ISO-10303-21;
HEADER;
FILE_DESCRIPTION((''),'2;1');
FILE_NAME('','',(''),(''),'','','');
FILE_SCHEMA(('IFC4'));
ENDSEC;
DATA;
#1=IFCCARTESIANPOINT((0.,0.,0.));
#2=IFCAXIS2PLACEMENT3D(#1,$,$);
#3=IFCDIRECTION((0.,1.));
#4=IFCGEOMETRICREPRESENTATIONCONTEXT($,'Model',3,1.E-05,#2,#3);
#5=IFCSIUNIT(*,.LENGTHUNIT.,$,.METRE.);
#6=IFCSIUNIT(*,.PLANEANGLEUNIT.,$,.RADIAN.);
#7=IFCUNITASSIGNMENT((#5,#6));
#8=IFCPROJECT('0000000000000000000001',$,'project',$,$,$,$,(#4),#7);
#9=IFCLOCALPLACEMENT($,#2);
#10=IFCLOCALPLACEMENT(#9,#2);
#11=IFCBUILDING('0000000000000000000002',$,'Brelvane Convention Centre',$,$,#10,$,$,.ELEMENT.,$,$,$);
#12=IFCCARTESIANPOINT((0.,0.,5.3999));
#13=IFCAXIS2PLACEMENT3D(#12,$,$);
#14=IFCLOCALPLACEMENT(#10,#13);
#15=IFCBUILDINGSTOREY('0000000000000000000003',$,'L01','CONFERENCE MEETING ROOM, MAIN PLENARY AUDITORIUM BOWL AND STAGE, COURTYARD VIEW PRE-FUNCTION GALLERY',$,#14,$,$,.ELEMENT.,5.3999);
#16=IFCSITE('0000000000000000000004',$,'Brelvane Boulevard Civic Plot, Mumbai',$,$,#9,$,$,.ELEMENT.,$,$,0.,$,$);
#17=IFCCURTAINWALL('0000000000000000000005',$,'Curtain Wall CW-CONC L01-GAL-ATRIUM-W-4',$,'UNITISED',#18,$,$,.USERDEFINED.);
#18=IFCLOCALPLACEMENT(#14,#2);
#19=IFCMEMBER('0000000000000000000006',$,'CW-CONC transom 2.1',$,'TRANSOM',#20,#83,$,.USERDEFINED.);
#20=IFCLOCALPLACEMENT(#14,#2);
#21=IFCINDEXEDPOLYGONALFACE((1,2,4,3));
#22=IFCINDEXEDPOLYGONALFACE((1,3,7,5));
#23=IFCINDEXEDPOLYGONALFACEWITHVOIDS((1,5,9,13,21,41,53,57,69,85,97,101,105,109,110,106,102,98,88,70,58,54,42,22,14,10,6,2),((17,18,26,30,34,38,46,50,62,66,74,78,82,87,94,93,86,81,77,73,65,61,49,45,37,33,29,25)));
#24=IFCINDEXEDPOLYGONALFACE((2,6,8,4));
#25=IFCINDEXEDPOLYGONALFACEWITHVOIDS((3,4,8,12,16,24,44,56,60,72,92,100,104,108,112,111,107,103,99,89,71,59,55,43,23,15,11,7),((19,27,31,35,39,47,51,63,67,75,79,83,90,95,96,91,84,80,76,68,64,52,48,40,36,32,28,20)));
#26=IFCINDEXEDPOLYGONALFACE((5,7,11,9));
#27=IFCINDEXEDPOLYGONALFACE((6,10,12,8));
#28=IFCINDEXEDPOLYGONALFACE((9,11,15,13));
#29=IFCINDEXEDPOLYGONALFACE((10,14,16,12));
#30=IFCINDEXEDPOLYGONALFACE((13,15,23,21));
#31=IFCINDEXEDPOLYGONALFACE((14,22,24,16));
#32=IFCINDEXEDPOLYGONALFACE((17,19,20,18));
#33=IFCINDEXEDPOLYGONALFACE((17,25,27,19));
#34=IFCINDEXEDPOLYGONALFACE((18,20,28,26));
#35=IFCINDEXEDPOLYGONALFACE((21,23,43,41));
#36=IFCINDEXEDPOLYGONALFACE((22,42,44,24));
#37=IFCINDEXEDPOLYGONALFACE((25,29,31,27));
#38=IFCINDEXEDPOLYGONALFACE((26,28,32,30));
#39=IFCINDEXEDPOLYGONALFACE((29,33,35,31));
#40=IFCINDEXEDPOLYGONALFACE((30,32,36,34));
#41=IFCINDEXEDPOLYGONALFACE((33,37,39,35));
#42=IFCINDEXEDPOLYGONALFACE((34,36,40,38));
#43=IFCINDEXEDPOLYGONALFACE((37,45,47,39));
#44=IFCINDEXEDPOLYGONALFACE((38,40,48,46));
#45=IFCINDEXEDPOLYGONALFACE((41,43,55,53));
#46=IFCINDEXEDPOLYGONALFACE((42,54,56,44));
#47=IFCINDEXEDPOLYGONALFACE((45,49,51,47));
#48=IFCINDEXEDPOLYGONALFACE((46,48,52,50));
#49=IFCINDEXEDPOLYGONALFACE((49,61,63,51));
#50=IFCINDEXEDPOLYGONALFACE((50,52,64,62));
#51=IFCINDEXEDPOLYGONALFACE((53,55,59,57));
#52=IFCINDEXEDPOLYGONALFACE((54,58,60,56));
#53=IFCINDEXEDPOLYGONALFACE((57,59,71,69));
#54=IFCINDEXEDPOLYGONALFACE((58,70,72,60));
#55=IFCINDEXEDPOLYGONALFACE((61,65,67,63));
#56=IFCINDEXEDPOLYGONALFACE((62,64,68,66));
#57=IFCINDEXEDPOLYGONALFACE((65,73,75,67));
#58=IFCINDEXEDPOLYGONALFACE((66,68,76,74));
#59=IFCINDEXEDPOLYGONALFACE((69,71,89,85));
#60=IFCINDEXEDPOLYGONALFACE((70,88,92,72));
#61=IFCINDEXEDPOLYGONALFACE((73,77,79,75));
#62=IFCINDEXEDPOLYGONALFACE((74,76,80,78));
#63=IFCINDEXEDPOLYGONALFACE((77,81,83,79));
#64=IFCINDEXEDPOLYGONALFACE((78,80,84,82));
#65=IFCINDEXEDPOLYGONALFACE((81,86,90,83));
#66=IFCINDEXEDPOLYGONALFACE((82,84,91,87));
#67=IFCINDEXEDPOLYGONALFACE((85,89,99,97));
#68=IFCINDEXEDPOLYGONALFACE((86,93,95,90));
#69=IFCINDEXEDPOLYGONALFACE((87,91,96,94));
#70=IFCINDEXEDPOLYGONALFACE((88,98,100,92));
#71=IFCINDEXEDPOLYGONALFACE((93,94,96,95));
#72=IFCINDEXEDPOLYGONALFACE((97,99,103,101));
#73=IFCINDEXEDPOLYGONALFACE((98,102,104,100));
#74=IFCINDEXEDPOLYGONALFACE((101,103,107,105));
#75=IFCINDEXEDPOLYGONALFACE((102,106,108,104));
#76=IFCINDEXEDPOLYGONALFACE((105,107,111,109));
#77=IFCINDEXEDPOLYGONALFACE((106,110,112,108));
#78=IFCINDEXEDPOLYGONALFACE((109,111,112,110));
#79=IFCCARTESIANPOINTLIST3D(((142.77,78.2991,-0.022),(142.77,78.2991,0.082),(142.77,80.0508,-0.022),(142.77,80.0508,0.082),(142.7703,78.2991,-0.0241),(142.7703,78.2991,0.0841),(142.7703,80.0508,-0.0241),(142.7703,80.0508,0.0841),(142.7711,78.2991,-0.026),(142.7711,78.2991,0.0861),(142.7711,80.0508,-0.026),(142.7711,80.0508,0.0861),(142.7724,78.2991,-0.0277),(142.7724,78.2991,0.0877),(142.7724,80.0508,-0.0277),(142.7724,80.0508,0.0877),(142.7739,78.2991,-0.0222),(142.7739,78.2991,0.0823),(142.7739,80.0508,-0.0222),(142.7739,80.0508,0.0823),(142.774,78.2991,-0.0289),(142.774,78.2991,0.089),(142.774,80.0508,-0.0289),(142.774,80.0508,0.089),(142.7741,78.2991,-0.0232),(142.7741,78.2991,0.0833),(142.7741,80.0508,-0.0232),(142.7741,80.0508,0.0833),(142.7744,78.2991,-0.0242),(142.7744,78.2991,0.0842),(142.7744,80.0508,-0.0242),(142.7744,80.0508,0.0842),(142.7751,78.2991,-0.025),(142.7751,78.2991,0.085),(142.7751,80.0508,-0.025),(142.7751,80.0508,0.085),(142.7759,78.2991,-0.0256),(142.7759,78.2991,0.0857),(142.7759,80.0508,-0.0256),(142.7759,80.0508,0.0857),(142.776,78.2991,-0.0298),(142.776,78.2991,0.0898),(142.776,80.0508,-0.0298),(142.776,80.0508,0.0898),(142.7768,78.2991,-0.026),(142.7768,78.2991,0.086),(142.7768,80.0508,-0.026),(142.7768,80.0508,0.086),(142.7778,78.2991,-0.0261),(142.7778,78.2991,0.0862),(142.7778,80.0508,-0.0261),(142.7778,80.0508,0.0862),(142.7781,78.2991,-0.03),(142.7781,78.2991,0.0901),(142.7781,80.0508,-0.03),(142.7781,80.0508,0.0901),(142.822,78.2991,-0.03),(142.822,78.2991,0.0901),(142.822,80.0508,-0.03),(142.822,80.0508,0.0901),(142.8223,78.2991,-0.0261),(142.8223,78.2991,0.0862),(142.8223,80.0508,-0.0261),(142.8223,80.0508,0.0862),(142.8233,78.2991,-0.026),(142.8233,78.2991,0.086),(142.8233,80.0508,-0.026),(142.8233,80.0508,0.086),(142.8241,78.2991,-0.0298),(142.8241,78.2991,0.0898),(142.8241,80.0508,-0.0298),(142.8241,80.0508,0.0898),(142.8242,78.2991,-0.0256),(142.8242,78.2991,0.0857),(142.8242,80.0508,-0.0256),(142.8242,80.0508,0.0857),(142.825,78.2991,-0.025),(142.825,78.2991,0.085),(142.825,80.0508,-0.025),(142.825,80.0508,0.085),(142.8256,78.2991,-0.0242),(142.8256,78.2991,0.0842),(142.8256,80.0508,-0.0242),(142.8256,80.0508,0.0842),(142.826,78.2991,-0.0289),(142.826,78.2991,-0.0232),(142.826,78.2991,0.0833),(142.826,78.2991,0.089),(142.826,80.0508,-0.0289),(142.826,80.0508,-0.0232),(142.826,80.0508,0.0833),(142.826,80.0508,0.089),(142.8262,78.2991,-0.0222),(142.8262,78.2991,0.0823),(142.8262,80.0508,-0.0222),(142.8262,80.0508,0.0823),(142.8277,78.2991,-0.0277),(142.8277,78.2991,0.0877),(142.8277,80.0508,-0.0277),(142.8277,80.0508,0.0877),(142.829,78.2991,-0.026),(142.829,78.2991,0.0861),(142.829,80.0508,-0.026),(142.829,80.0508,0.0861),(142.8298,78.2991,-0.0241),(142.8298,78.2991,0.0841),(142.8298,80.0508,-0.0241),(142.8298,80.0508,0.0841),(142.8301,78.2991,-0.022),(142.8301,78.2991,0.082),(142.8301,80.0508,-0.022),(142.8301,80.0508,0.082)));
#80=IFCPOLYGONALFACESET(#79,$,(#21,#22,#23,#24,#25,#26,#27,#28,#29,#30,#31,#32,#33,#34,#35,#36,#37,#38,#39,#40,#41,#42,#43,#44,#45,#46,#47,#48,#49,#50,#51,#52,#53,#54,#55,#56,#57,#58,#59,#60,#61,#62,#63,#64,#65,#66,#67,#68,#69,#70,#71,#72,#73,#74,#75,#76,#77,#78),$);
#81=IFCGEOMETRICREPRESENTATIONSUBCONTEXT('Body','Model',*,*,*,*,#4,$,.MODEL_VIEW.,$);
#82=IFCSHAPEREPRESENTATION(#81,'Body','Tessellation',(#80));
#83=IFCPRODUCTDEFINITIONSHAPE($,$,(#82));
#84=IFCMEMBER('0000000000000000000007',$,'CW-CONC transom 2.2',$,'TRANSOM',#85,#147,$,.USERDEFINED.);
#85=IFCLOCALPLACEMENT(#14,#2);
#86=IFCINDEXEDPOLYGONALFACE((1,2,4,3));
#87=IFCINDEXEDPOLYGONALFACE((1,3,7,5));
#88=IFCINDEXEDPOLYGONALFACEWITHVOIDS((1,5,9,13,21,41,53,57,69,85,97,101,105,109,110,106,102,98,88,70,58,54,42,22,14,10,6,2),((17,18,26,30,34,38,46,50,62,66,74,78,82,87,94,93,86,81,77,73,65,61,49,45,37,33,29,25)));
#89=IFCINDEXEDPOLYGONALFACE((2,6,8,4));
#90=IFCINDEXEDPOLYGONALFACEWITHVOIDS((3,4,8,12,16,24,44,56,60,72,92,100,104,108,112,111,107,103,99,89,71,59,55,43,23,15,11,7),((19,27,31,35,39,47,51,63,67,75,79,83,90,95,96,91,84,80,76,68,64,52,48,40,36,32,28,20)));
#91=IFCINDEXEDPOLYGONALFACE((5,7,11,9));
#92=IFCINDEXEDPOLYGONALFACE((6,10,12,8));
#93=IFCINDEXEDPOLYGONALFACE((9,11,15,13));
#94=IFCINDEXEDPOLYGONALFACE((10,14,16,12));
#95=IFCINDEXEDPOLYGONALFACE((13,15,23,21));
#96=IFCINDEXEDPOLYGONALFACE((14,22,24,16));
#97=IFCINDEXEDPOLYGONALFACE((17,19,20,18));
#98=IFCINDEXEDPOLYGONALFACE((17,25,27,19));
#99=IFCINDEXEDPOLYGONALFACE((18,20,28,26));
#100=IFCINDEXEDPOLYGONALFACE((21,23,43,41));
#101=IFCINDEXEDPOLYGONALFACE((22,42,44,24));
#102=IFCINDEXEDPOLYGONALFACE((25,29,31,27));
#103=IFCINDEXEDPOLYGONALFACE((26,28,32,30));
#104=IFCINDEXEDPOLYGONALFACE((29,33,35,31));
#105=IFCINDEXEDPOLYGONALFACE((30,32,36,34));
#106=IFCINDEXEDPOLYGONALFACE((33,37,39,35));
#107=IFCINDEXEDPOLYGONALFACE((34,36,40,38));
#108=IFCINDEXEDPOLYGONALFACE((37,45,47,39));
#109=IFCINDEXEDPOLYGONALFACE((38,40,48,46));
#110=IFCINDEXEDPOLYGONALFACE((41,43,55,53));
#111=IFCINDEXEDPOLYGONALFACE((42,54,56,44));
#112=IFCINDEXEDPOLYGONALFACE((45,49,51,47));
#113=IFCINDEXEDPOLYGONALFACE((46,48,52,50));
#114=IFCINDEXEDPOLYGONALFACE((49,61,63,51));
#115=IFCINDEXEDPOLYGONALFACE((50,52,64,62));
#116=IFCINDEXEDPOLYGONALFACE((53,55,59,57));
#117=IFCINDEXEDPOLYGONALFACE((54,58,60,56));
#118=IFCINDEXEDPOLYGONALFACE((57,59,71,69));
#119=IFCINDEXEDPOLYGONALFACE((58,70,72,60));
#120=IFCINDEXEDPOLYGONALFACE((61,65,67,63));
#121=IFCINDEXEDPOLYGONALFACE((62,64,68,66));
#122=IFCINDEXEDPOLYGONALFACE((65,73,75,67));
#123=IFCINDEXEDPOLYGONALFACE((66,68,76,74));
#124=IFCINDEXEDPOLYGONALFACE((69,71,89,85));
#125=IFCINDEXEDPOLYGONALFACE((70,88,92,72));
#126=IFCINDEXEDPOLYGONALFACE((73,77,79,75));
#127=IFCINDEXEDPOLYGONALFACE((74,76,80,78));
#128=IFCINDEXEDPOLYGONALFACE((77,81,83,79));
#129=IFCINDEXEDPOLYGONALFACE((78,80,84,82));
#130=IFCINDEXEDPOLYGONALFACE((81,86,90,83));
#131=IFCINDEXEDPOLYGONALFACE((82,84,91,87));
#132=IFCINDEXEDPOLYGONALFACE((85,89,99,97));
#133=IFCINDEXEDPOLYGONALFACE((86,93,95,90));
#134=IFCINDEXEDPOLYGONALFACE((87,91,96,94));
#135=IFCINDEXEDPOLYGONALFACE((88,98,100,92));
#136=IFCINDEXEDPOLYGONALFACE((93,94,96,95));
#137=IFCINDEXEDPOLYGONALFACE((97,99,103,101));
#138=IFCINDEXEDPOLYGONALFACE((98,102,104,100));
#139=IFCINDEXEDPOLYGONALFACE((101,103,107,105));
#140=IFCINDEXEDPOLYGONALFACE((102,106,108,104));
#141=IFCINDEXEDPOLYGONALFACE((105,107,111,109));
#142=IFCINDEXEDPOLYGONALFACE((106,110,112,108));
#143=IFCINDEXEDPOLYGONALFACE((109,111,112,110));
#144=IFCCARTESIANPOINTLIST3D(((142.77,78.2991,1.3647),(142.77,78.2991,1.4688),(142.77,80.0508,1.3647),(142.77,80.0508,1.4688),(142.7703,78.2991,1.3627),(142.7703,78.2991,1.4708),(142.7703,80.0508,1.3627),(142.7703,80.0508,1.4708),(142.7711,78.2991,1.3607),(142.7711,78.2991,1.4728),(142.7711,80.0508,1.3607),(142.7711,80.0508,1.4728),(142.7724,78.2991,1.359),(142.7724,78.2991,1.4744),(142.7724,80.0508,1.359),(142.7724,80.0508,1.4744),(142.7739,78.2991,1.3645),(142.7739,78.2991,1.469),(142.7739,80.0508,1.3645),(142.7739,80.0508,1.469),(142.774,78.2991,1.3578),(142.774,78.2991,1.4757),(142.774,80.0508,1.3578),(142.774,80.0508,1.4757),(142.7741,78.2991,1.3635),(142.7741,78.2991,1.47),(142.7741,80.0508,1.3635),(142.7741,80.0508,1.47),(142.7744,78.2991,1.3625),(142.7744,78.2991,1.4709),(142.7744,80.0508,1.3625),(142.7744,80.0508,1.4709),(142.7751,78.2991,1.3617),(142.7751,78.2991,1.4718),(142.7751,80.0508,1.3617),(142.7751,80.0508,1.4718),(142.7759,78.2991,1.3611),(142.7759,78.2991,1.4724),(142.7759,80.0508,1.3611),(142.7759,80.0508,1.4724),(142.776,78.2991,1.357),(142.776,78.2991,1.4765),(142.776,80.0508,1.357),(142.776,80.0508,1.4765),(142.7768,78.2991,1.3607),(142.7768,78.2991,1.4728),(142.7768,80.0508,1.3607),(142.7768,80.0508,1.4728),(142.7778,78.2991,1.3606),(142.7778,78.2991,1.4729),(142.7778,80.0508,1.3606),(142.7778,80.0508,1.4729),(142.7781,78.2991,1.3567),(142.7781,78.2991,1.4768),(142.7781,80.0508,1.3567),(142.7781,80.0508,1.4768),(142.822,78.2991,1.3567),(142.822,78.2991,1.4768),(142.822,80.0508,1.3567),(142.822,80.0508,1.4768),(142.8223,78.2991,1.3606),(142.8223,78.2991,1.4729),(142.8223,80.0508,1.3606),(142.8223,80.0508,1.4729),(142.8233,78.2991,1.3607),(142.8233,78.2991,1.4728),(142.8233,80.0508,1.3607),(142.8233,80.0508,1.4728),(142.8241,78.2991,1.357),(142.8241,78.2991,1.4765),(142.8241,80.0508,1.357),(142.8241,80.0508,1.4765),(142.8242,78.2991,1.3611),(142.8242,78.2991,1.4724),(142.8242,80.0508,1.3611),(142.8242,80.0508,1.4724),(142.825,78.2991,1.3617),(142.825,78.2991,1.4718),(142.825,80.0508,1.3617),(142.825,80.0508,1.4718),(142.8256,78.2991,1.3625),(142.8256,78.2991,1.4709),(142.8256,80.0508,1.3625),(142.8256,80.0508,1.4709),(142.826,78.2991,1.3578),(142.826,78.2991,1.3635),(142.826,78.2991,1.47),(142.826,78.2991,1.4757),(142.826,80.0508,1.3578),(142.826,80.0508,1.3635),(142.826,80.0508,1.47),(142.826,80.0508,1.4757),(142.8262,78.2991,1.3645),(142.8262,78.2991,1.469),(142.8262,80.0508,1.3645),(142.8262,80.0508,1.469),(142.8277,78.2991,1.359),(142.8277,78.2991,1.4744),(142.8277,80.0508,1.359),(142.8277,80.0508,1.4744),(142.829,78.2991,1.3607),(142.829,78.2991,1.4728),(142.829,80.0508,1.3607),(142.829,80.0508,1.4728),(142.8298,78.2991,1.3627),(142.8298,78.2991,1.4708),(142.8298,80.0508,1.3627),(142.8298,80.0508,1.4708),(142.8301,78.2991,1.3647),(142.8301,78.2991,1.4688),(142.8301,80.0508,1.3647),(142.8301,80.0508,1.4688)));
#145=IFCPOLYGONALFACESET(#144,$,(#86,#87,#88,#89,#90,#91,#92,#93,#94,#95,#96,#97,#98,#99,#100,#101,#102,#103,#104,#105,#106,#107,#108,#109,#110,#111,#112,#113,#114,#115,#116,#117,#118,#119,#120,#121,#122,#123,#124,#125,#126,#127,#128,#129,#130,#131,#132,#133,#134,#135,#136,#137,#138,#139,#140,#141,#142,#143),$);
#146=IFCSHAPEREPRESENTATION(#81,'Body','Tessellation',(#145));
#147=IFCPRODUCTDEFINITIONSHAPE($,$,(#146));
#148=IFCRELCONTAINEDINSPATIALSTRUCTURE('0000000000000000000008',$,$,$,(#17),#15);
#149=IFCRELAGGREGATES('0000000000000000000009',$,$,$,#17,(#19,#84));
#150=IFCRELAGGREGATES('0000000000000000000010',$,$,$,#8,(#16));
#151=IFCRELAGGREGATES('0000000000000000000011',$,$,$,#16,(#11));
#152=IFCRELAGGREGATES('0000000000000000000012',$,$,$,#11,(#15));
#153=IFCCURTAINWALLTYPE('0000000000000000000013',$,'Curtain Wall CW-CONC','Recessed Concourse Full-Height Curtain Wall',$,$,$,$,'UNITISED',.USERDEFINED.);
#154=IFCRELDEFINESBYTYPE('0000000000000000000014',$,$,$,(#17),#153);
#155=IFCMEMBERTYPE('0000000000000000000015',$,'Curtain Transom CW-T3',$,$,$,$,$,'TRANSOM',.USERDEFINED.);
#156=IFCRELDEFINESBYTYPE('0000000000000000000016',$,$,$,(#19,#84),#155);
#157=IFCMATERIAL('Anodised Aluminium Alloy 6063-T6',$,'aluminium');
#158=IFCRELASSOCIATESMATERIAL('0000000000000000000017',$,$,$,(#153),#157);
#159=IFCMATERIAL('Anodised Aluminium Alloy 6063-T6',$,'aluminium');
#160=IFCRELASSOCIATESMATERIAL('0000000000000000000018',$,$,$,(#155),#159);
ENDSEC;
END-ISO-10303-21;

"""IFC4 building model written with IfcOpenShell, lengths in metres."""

from ifc_helpers import new_model, si_unit, direction, frame, origin, origin_2d, place, context, subcontext, project, spatial, hollow_rectangle, extrude, material, material_profile, profile_set, type_object, element, aggregate, save


model = new_model("IFC4")

# Units and contexts
model_context = context("Model", 3, precision=1e-05, world=origin(), true_north=direction((0.0, 1.0)))
body_context = subcontext(model_context, "Body", "Model", "MODEL_VIEW")
ifc_project = project(units=[si_unit("LENGTHUNIT", "METRE"), si_unit("PLANEANGLEUNIT", "RADIAN")], contexts=[model_context])

# Site, building, storey
site_placement = place(None, origin())
site = spatial("IfcSite", under=ifc_project, at=site_placement, Name="Brelvane Boulevard Civic Plot, Mumbai", CompositionType="ELEMENT", RefElevation=0.0)
building_placement = place(site_placement, origin())
building = spatial("IfcBuilding", under=site, at=building_placement, Name="Brelvane Convention Centre", CompositionType="ELEMENT")
storey_placement = place(building_placement, frame((0.0, 0.0, 5.3999)))
storey = spatial("IfcBuildingStorey", under=building, at=storey_placement, Name="L01", Description="CONFERENCE MEETING ROOM, MAIN PLENARY AUDITORIUM BOWL AND STAGE, COURTYARD VIEW PRE-FUNCTION GALLERY", CompositionType="ELEMENT", Elevation=5.3999)

# Curtain wall
ifc_material_1 = material(Name="Anodised Aluminium Alloy 6063-T6", Category="aluminium")
curtain_wall_type = type_object("IfcCurtainWallType", Name="Curtain Wall CW-CONC", Description="Recessed Concourse Full-Height Curtain Wall", ElementType="UNITISED", PredefinedType="USERDEFINED", material=ifc_material_1)
curtain_wall_1_placement = place(storey_placement, origin())
curtain_wall_1 = element("IfcCurtainWall", 1, at=curtain_wall_1_placement, inside=storey, type_object=curtain_wall_type, Name="Curtain Wall CW-CONC L01-GAL-ATRIUM-W-4", ObjectType="UNITISED", PredefinedType="USERDEFINED")

# Members
ifc_material_2 = material(Name="Anodised Aluminium Alloy 6063-T6", Category="aluminium")
ifc_material_profile_1 = material_profile(ifc_material_2, hollow_rectangle(XDim=0.0601, YDim=0.1201, WallThickness=0.0039, InnerFilletRadius=0.0039, OuterFilletRadius=0.0081, at=origin_2d()), Name="ALU-T 120x60x4.0")
ifc_profile_set_1 = profile_set([ifc_material_profile_1], Name="Anodised Aluminium Alloy 6063-T6")
member_type_1 = type_object("IfcMemberType", Name="Curtain Transom CW-T3", ElementType="TRANSOM", PredefinedType="USERDEFINED", material=ifc_profile_set_1)
member_1_placement = place(storey_placement, frame((142.8, 78.2991, 0.03), z_axis=(0.0, 1.0, 0.0), x_axis=(-1.0, 0.0, 0.0)))
member_1 = element("IfcMember", 2, at=member_1_placement, type_object=member_type_1, Name="CW-CONC transom 2.1", ObjectType="TRANSOM", PredefinedType="USERDEFINED", context=body_context, shape_type="SweptSolid", body=[
    extrude(hollow_rectangle(XDim=0.0601, YDim=0.1201, WallThickness=0.0039, InnerFilletRadius=0.0039, OuterFilletRadius=0.0081, at=origin_2d()), origin(), (0.0, 0.0, 1.0), 1.7517),
])
member_2_placement = place(storey_placement, frame((142.8, 78.2991, 1.4167), z_axis=(0.0, 1.0, 0.0), x_axis=(-1.0, 0.0, 0.0)))
member_2 = element("IfcMember", 3, at=member_2_placement, type_object=member_type_1, Name="CW-CONC transom 2.2", ObjectType="TRANSOM", PredefinedType="USERDEFINED", context=body_context, shape_type="SweptSolid", body=[
    extrude(hollow_rectangle(XDim=0.0601, YDim=0.1201, WallThickness=0.0039, InnerFilletRadius=0.0039, OuterFilletRadius=0.0081, at=origin_2d()), origin(), (0.0, 0.0, 1.0), 1.7517),
])

aggregate(curtain_wall_1, [member_1, member_2])

save(model, "model.ifc")
